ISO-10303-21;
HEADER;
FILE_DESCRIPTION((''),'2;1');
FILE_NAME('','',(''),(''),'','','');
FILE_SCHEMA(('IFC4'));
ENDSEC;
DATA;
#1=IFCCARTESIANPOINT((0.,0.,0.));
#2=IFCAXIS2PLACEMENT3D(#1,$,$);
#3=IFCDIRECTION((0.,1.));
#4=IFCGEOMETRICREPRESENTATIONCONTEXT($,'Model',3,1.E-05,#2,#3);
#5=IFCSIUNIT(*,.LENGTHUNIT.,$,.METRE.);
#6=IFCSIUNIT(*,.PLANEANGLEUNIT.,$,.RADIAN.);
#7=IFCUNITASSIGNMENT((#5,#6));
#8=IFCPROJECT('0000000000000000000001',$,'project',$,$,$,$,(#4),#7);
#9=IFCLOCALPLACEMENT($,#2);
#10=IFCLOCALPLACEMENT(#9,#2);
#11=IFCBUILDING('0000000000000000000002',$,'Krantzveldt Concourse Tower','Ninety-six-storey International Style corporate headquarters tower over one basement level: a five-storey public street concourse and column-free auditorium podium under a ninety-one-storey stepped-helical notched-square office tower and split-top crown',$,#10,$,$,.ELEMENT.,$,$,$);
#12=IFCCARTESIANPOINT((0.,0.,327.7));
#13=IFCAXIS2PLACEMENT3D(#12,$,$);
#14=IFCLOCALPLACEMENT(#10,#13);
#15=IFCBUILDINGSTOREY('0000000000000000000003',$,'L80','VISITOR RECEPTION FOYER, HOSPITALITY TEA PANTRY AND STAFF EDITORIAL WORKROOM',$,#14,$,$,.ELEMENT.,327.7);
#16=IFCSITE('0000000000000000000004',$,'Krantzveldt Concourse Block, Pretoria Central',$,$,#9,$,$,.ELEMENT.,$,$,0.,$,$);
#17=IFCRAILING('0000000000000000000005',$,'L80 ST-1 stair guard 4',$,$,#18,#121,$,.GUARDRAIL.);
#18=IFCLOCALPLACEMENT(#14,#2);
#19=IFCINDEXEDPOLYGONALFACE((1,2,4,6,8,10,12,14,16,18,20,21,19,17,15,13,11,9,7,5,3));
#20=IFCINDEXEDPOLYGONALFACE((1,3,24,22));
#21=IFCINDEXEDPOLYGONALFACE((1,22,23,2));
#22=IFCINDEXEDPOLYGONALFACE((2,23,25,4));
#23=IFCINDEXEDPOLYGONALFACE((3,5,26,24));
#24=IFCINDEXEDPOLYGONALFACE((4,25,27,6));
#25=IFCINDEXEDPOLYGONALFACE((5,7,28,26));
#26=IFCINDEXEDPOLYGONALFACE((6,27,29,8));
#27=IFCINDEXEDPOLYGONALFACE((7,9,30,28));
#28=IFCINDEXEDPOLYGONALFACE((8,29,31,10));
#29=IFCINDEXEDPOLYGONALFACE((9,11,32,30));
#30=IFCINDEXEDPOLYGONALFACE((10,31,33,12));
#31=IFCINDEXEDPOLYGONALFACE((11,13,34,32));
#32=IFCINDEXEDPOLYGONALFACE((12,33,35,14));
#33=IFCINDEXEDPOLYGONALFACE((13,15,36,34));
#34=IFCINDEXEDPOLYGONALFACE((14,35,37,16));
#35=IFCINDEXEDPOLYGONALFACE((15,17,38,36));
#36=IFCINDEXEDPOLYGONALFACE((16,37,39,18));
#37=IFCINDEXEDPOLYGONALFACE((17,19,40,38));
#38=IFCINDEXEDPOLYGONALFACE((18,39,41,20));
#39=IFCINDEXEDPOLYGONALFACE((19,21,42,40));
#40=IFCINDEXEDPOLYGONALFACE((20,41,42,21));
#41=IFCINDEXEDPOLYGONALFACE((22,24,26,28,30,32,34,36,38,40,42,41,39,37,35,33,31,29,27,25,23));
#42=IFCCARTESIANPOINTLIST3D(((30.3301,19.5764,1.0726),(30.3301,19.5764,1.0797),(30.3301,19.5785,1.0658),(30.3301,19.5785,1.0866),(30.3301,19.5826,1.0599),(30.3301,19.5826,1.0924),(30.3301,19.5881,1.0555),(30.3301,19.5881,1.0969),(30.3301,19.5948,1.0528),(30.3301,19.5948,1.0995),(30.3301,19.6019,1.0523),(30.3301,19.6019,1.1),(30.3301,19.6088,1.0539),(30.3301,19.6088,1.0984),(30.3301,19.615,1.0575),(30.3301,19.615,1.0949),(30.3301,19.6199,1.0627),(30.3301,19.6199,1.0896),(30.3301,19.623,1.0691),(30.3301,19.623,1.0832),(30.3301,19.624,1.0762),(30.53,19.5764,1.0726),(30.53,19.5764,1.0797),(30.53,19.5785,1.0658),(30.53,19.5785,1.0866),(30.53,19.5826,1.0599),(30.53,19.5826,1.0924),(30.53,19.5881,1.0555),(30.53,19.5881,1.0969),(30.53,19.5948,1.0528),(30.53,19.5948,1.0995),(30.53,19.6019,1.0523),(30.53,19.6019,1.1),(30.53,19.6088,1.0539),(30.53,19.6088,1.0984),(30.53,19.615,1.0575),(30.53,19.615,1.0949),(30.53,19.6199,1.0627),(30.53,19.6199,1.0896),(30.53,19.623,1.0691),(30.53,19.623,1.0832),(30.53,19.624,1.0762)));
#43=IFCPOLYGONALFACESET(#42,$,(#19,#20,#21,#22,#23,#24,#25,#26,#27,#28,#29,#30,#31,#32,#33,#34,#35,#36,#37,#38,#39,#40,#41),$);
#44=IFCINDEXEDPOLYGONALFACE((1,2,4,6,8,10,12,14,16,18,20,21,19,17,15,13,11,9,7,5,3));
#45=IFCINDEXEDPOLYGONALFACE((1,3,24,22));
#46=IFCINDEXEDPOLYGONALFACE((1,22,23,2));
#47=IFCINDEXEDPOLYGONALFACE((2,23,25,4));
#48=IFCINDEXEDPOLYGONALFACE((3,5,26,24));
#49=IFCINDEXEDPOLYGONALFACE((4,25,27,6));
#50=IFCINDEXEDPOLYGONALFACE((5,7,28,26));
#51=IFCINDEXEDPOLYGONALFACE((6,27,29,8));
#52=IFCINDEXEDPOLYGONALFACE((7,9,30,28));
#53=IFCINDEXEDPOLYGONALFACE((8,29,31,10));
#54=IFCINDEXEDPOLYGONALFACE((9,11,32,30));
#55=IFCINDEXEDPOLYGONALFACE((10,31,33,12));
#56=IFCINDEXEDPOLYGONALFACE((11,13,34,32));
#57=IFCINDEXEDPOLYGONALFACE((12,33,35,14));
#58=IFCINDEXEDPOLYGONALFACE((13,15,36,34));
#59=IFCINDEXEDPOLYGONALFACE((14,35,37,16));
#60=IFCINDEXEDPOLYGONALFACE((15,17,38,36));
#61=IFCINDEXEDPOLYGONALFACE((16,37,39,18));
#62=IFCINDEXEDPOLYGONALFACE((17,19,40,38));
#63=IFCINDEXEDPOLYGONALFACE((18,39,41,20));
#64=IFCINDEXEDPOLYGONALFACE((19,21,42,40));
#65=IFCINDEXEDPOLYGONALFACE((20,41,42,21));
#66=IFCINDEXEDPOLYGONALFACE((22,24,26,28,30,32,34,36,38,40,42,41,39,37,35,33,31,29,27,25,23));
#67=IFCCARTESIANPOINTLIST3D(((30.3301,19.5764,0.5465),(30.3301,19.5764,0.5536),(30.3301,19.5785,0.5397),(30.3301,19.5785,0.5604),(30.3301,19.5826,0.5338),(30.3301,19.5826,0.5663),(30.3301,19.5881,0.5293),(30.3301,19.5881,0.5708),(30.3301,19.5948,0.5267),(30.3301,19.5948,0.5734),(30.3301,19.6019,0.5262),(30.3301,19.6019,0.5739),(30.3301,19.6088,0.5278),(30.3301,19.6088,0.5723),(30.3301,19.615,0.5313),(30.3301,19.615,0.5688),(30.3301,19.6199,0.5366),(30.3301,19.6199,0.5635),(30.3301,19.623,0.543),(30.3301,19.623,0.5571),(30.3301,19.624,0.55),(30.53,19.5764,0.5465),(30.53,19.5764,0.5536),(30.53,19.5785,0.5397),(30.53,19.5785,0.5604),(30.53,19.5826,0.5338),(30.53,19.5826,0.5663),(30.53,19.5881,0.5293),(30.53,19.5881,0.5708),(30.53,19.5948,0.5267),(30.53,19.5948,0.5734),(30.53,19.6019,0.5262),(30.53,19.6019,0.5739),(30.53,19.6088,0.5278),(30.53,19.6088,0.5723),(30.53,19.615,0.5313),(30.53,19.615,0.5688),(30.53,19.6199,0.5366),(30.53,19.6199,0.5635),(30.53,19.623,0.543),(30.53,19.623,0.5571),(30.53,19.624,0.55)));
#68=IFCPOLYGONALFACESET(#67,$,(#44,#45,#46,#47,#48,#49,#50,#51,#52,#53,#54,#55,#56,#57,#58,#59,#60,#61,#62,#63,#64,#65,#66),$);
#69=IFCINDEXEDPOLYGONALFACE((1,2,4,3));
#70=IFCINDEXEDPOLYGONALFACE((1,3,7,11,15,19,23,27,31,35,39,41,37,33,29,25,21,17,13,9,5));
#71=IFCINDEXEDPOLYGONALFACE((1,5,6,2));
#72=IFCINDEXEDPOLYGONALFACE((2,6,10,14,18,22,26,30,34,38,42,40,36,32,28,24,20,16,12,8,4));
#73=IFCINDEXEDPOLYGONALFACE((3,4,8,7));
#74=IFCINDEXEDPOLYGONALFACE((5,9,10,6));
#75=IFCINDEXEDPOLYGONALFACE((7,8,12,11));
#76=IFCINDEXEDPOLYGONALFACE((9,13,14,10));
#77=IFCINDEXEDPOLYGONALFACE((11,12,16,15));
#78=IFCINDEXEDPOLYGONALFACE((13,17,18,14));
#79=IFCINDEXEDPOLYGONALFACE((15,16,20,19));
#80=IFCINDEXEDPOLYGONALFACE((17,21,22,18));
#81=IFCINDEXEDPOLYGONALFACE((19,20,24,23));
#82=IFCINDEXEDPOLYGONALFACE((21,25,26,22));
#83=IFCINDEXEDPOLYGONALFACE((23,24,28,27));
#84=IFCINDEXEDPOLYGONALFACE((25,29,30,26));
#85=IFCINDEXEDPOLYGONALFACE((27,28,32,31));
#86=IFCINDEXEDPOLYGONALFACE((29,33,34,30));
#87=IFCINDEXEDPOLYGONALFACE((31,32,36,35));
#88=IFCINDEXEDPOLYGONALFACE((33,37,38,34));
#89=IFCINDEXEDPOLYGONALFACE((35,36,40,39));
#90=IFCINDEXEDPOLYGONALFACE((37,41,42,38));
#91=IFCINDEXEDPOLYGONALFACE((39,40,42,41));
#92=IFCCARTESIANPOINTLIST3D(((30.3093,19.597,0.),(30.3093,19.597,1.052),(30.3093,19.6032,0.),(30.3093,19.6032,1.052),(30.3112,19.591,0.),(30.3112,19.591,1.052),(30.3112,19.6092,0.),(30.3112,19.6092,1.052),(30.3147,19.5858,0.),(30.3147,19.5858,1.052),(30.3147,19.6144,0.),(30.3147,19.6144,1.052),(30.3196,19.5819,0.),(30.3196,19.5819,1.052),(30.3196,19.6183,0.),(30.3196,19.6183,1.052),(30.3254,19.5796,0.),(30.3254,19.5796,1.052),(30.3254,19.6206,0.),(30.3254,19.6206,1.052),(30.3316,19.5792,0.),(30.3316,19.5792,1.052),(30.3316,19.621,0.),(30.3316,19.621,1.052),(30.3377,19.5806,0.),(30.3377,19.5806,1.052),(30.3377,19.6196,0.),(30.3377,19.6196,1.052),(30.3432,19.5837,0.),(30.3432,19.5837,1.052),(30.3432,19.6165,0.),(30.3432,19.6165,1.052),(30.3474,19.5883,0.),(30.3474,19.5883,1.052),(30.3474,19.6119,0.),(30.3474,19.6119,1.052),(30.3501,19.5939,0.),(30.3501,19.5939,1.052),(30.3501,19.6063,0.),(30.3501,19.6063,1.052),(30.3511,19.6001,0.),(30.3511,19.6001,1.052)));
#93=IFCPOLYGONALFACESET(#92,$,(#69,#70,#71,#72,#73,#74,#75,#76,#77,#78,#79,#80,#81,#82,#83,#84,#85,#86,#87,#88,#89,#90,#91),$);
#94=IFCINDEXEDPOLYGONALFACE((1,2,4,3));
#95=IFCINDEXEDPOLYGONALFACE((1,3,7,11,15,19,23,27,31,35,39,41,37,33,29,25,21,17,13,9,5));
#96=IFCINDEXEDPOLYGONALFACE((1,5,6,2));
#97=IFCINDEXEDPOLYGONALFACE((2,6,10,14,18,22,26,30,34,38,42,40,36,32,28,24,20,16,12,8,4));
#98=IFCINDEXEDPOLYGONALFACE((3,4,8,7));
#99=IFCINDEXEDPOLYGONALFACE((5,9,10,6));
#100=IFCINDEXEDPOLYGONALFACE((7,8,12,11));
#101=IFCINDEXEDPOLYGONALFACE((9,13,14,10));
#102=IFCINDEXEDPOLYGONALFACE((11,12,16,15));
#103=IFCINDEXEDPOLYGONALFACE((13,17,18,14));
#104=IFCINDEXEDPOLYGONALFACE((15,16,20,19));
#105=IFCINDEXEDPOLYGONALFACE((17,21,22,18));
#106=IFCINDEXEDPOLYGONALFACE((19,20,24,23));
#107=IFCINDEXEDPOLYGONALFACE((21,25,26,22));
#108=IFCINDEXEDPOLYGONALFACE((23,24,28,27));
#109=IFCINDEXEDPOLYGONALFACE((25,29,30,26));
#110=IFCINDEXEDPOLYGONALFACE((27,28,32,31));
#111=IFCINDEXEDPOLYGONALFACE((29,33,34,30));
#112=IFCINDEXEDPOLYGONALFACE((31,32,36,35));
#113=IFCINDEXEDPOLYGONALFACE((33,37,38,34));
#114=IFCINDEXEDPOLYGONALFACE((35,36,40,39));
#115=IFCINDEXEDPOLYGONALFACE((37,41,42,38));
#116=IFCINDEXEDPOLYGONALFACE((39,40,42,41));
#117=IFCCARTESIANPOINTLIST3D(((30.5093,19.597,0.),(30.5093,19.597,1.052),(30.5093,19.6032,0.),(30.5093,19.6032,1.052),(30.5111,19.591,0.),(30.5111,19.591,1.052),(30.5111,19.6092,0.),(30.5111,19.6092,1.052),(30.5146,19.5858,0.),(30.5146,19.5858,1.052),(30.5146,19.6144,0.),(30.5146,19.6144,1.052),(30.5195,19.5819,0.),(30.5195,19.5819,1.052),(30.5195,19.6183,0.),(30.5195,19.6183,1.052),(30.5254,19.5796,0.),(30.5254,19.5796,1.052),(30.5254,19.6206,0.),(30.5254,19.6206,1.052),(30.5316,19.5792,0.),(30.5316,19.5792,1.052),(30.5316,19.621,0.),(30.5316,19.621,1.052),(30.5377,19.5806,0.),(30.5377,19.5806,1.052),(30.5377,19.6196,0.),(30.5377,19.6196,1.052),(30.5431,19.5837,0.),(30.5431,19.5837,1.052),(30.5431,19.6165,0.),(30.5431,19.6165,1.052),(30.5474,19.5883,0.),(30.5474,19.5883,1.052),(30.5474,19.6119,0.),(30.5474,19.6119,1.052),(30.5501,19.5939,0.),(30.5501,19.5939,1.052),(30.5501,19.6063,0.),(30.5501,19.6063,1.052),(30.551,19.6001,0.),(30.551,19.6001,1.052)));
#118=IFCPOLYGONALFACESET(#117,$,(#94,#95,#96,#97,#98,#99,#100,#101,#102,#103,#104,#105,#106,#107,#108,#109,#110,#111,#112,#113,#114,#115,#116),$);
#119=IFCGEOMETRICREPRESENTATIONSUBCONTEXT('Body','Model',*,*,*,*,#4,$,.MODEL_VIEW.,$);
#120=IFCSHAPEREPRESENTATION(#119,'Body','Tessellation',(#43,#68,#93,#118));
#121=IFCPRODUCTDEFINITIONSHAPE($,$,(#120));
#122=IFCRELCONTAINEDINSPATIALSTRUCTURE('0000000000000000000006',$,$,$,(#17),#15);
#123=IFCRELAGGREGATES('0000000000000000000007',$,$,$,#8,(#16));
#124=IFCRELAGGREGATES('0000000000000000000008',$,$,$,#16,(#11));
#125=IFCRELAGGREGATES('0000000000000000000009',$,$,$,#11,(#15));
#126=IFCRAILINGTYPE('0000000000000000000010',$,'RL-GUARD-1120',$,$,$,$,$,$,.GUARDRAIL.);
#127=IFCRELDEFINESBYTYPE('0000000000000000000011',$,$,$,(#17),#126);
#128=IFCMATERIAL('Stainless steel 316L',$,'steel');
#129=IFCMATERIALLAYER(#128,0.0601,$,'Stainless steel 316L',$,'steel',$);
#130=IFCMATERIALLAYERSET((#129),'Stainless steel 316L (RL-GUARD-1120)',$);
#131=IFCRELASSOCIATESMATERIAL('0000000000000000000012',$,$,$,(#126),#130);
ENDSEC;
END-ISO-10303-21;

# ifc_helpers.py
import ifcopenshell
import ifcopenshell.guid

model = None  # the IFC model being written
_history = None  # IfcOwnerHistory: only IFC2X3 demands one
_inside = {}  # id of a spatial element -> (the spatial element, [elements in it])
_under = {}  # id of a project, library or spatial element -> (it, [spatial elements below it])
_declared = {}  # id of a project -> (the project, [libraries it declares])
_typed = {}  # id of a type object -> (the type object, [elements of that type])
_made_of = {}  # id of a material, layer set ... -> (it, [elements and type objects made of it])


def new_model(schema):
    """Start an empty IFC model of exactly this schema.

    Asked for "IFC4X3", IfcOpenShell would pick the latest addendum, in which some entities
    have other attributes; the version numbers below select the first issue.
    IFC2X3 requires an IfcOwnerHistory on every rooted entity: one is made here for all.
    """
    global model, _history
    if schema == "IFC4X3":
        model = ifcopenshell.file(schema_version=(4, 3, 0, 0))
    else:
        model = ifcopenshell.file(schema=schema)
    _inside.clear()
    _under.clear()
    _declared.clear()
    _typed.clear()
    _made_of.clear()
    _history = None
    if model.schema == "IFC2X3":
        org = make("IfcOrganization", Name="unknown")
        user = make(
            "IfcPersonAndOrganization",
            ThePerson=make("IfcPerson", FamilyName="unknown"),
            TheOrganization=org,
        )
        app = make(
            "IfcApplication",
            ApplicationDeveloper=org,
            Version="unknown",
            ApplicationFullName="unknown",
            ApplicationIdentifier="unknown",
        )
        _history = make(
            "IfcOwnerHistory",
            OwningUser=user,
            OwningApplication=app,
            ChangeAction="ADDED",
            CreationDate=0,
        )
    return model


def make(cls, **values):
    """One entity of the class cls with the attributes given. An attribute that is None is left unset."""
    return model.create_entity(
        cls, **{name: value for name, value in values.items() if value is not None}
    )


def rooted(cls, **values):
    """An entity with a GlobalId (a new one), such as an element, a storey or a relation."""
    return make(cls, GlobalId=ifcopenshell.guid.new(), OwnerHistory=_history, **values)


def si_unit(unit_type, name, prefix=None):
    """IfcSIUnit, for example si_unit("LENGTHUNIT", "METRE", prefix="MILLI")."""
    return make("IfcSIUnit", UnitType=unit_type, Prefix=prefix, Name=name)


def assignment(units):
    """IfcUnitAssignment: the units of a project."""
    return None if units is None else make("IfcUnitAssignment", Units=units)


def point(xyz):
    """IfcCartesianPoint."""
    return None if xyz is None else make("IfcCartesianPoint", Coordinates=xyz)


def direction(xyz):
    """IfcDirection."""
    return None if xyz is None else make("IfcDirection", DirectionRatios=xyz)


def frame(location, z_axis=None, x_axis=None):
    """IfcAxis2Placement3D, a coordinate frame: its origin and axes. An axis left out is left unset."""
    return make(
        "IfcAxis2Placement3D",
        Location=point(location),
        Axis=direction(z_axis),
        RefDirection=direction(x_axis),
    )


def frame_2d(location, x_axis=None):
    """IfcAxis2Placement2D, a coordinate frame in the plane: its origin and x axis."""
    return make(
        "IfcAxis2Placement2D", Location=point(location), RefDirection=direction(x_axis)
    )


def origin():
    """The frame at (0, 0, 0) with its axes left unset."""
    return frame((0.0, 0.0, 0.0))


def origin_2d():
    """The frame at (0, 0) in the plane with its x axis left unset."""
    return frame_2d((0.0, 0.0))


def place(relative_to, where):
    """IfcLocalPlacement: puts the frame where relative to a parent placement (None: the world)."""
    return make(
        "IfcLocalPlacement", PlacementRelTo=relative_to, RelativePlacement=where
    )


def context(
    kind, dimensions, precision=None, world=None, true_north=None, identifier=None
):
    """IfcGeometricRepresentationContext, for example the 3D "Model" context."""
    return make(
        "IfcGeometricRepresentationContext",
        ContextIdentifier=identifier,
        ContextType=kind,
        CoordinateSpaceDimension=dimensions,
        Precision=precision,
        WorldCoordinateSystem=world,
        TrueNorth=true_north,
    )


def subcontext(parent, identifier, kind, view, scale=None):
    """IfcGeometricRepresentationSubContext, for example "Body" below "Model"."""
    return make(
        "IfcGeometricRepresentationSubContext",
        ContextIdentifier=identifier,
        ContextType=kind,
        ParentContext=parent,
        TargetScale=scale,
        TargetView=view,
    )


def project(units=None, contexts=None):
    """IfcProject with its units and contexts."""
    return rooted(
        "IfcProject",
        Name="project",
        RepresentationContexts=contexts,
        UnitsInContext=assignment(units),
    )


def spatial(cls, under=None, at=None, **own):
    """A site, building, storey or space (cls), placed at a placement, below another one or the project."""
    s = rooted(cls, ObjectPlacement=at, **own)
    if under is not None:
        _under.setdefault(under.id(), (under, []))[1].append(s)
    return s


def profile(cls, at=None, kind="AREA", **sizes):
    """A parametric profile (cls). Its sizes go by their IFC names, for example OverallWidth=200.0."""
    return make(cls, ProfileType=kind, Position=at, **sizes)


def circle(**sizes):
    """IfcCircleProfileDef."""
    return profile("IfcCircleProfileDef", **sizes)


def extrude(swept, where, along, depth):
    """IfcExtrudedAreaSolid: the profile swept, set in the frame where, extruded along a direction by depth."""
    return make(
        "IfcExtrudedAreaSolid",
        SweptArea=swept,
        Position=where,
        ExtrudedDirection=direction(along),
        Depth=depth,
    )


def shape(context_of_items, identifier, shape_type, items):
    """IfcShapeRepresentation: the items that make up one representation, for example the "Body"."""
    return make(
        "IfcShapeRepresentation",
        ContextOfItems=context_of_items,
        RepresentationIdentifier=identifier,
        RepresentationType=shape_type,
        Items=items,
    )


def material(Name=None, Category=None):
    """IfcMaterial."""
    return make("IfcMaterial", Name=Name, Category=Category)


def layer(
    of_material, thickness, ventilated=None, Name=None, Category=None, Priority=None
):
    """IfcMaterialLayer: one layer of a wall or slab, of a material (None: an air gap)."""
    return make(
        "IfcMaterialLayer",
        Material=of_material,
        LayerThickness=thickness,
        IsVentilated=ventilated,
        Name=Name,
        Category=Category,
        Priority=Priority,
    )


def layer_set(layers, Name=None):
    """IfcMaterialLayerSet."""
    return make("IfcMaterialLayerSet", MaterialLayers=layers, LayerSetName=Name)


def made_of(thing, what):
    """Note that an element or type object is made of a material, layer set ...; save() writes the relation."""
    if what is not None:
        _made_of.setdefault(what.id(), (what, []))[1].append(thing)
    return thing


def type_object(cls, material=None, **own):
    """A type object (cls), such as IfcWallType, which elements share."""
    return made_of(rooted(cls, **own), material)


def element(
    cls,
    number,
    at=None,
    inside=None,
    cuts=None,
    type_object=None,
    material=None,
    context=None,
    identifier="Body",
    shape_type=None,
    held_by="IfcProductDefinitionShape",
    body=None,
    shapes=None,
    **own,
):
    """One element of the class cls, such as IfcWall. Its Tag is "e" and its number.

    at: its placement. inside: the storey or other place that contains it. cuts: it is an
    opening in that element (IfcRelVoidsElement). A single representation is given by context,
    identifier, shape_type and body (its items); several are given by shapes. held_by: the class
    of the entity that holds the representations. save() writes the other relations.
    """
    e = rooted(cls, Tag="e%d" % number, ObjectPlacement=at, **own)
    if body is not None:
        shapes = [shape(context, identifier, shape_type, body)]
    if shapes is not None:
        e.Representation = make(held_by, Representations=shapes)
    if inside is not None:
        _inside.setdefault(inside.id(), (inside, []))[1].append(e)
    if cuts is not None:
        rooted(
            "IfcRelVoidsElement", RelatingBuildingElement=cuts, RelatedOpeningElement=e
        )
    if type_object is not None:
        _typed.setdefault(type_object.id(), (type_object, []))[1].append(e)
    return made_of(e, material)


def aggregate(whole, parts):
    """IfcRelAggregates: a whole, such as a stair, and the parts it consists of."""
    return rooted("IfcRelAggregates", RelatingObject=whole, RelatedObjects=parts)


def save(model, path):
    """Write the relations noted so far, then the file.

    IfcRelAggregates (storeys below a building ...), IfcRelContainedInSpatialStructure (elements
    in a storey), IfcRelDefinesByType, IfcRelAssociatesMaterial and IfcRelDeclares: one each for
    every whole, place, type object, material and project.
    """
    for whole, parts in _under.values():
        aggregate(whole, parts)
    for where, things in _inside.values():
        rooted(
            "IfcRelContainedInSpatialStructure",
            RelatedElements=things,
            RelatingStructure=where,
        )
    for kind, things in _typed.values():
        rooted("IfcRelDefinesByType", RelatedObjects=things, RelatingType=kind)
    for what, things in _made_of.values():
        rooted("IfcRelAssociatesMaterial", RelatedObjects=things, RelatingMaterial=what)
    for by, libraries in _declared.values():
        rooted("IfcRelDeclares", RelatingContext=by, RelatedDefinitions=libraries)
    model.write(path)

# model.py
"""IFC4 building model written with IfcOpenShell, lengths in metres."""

from ifc_helpers import new_model, si_unit, direction, frame, origin, origin_2d, place, context, subcontext, project, spatial, circle, extrude, material, layer, layer_set, type_object, element, save


model = new_model("IFC4")

# Units and contexts
model_context = context("Model", 3, precision=1e-05, world=origin(), true_north=direction((0.0, 1.0)))
body_context = subcontext(model_context, "Body", "Model", "MODEL_VIEW")
ifc_project = project(units=[si_unit("LENGTHUNIT", "METRE"), si_unit("PLANEANGLEUNIT", "RADIAN")], contexts=[model_context])

# Site, building, storey
site_placement = place(None, origin())
site = spatial("IfcSite", under=ifc_project, at=site_placement, Name="Krantzveldt Concourse Block, Pretoria Central", CompositionType="ELEMENT", RefElevation=0.0)
building_placement = place(site_placement, origin())
building = spatial("IfcBuilding", under=site, at=building_placement, Name="Krantzveldt Concourse Tower", Description="Ninety-six-storey International Style corporate headquarters tower over one basement level: a five-storey public street concourse and column-free auditorium podium under a ninety-one-storey stepped-helical notched-square office tower and split-top crown", CompositionType="ELEMENT")
storey_placement = place(building_placement, frame((0.0, 0.0, 327.7)))
storey = spatial("IfcBuildingStorey", under=building, at=storey_placement, Name="L80", Description="VISITOR RECEPTION FOYER, HOSPITALITY TEA PANTRY AND STAFF EDITORIAL WORKROOM", CompositionType="ELEMENT", Elevation=327.7)

# Shared definitions
ifc_material_1 = material(Name="Stainless steel 316L", Category="steel")

# Railing
ifc_layer_1 = layer(ifc_material_1, 0.0601, Name="Stainless steel 316L", Category="steel")
ifc_layer_set_1 = layer_set([ifc_layer_1], Name="Stainless steel 316L (RL-GUARD-1120)")
railing_type_1 = type_object("IfcRailingType", Name="RL-GUARD-1120", PredefinedType="GUARDRAIL", material=ifc_layer_set_1)
railing_1_placement = place(storey_placement, frame((30.3301, 19.6001, 0.0)))
element("IfcRailing", 1, at=railing_1_placement, inside=storey, type_object=railing_type_1, Name="L80 ST-1 stair guard 4", PredefinedType="GUARDRAIL", context=body_context, shape_type="SweptSolid", body=[
    extrude(circle(Radius=0.0239, at=origin_2d()), frame((0.0, 0.0, 1.0762), z_axis=(1.0, 0.0, 0.0), x_axis=(0.0, 1.0, 0.0)), (0.0, 0.0, 1.0), 0.2),
    extrude(circle(Radius=0.0239, at=origin_2d()), frame((0.0, 0.0, 0.55), z_axis=(1.0, 0.0, 0.0), x_axis=(0.0, 1.0, 0.0)), (0.0, 0.0, 1.0), 0.2),
    extrude(circle(Radius=0.021, at=origin_2d()), origin(), (0.0, 0.0, 1.0), 1.052),
    extrude(circle(Radius=0.021, at=origin_2d()), frame((0.2, 0.0, 0.0)), (0.0, 0.0, 1.0), 1.052),
])

save(model, "model.ifc")
